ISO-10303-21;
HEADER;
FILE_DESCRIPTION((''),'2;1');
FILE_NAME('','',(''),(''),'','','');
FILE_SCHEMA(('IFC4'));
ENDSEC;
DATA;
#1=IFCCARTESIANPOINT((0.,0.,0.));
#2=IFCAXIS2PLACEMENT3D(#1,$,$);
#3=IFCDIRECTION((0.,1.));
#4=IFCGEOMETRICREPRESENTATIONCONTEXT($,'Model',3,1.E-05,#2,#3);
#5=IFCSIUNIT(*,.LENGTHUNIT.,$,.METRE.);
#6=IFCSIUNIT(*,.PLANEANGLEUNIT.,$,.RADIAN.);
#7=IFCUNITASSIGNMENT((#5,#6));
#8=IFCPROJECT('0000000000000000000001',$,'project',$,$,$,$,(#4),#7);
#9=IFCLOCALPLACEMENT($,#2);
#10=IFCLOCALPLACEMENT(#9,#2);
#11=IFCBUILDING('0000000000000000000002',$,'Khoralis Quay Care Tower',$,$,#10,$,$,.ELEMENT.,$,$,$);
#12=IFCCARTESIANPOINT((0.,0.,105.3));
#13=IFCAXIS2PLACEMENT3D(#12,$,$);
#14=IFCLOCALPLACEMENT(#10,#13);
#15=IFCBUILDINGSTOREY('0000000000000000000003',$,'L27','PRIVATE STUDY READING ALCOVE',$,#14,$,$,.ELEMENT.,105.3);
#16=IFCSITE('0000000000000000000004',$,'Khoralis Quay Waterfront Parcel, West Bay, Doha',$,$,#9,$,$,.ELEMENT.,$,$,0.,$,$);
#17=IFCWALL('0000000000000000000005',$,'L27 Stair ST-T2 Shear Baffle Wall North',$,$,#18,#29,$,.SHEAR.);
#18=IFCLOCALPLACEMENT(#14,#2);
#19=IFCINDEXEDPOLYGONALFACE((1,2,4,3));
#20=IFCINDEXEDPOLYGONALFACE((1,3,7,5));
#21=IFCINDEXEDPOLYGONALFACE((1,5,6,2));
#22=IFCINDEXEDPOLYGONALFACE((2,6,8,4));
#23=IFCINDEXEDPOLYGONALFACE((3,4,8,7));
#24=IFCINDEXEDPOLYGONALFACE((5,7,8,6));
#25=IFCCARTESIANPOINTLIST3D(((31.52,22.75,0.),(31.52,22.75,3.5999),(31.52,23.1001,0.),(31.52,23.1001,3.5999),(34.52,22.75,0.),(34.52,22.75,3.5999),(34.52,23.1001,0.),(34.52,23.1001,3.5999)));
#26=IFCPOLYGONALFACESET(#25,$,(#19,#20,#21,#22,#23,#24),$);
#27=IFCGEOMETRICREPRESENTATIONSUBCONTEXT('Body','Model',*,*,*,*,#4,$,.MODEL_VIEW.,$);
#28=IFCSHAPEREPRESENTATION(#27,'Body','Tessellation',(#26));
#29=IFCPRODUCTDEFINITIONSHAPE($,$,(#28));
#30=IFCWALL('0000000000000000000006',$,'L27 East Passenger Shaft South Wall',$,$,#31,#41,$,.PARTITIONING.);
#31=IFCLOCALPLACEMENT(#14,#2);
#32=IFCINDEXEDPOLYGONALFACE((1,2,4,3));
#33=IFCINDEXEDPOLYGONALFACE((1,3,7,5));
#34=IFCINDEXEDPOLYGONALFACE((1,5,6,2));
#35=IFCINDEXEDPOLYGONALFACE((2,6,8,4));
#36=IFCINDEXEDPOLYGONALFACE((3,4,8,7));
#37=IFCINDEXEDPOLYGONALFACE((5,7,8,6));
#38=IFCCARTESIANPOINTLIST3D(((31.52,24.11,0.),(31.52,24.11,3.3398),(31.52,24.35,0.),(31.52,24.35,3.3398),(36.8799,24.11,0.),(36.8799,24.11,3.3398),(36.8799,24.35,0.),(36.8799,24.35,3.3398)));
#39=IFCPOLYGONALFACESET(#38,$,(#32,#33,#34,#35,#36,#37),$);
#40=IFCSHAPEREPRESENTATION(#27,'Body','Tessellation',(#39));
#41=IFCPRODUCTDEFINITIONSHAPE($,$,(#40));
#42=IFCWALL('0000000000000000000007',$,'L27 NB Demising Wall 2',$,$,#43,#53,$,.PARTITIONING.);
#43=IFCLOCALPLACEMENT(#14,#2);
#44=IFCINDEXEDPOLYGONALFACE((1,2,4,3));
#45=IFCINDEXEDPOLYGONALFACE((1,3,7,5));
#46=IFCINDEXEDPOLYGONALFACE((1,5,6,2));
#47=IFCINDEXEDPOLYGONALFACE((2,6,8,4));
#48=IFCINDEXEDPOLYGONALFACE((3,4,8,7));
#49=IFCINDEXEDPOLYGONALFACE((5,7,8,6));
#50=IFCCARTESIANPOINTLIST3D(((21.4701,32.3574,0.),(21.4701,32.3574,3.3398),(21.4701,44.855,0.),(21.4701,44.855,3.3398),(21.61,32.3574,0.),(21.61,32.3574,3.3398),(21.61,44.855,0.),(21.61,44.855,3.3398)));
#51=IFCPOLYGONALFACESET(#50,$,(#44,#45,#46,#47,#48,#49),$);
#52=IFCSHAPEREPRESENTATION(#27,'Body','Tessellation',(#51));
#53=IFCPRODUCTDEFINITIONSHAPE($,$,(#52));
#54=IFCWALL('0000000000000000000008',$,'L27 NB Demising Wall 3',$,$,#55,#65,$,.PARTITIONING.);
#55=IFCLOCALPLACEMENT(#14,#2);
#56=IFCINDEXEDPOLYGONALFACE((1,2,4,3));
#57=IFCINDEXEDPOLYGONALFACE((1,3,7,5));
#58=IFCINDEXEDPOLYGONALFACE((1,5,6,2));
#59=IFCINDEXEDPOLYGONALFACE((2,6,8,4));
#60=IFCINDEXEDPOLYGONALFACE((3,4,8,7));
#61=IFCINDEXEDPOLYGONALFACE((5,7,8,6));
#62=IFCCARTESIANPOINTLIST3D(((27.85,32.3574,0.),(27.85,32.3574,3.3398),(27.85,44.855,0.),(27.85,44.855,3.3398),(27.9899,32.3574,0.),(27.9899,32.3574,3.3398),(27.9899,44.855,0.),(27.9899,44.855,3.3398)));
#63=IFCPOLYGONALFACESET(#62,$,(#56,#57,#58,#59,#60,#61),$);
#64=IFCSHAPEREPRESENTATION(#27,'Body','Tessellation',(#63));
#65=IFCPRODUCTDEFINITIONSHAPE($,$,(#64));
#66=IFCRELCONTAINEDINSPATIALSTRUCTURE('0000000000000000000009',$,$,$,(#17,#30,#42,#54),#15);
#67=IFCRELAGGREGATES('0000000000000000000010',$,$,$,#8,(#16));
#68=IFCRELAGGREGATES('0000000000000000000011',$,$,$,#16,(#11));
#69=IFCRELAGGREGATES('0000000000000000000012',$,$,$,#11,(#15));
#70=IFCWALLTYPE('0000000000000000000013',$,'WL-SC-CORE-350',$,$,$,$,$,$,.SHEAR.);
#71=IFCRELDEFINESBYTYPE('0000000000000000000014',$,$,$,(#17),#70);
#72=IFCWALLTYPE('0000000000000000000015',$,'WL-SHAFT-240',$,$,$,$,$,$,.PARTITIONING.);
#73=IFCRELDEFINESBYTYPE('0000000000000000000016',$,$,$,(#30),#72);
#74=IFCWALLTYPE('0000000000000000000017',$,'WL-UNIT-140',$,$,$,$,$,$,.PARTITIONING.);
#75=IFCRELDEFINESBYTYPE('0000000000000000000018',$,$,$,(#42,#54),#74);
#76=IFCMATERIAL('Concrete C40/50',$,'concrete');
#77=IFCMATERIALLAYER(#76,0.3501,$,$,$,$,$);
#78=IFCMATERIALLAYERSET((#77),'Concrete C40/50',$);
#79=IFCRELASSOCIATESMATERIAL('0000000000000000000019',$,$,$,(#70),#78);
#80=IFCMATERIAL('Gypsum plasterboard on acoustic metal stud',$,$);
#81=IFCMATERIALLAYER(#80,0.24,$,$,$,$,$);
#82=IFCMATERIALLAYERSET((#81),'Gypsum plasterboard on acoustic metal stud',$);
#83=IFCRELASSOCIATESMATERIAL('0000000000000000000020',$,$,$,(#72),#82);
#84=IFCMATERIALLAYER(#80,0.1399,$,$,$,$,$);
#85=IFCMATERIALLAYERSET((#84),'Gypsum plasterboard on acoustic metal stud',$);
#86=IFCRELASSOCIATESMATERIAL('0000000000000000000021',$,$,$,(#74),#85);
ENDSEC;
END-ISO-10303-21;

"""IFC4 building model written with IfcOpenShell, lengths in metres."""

from ifc_helpers import new_model, si_unit, direction, frame, frame_2d, origin, place, context, subcontext, project, spatial, rectangle, extrude, material, layer, layer_set, type_object, element, save


model = new_model("IFC4")

# Units and contexts
model_context = context("Model", 3, precision=1e-05, world=origin(), true_north=direction((0.0, 1.0)))
body_context = subcontext(model_context, "Body", "Model", "MODEL_VIEW")
ifc_project = project(units=[si_unit("LENGTHUNIT", "METRE"), si_unit("PLANEANGLEUNIT", "RADIAN")], contexts=[model_context])

# Site, building, storey
site_placement = place(None, origin())
site = spatial("IfcSite", under=ifc_project, at=site_placement, Name="Khoralis Quay Waterfront Parcel, West Bay, Doha", CompositionType="ELEMENT", RefElevation=0.0)
building_placement = place(site_placement, origin())
building = spatial("IfcBuilding", under=site, at=building_placement, Name="Khoralis Quay Care Tower", CompositionType="ELEMENT")
storey_placement = place(building_placement, frame((0.0, 0.0, 105.3)))
storey = spatial("IfcBuildingStorey", under=building, at=storey_placement, Name="L27", Description="PRIVATE STUDY READING ALCOVE", CompositionType="ELEMENT", Elevation=105.3)

# Shared definitions
ifc_material_1 = material(Name="Gypsum plasterboard on acoustic metal stud")

# Walls
ifc_material_2 = material(Name="Concrete C40/50", Category="concrete")
ifc_layer_1 = layer(ifc_material_2, 0.3501)
ifc_layer_set_1 = layer_set([ifc_layer_1], Name="Concrete C40/50")
wall_type_1 = type_object("IfcWallType", Name="WL-SC-CORE-350", PredefinedType="SHEAR", material=ifc_layer_set_1)
wall_1_placement = place(storey_placement, frame((31.52, 22.925, 0.0), z_axis=(0.0, 0.0, 1.0), x_axis=(1.0, 0.0, 0.0)))
element("IfcWall", 1, at=wall_1_placement, inside=storey, type_object=wall_type_1, Name="L27 Stair ST-T2 Shear Baffle Wall North", PredefinedType="SHEAR", context=body_context, shape_type="SweptSolid", body=[
    extrude(rectangle(XDim=3.0, YDim=0.3501, at=frame_2d((1.5, 0.0))), origin(), (0.0, 0.0, 1.0), 3.5999),
])
ifc_layer_2 = layer(ifc_material_1, 0.24)
ifc_layer_set_2 = layer_set([ifc_layer_2], Name="Gypsum plasterboard on acoustic metal stud")
wall_type_2 = type_object("IfcWallType", Name="WL-SHAFT-240", PredefinedType="PARTITIONING", material=ifc_layer_set_2)
wall_2_placement = place(storey_placement, frame((31.52, 24.23, 0.0), z_axis=(0.0, 0.0, 1.0), x_axis=(1.0, 0.0, 0.0)))
element("IfcWall", 2, at=wall_2_placement, inside=storey, type_object=wall_type_2, Name="L27 East Passenger Shaft South Wall", PredefinedType="PARTITIONING", context=body_context, shape_type="SweptSolid", body=[
    extrude(rectangle(XDim=5.3599, YDim=0.24, at=frame_2d((2.6799, 0.0))), origin(), (0.0, 0.0, 1.0), 3.3398),
])
ifc_layer_3 = layer(ifc_material_1, 0.1399)
ifc_layer_set_3 = layer_set([ifc_layer_3], Name="Gypsum plasterboard on acoustic metal stud")
wall_type_3 = type_object("IfcWallType", Name="WL-UNIT-140", PredefinedType="PARTITIONING", material=ifc_layer_set_3)
for number, where, z_axis, x_axis, name in (
    (3, (21.54, 32.3574, 0.0), (0.0, 0.0, 1.0), (0.0, 1.0, 0.0), "L27 NB Demising Wall 2"),
    (4, (27.9199, 32.3574, 0.0), (0.0, 0.0, 1.0), (0.0, 1.0, 0.0), "L27 NB Demising Wall 3"),
):
    element("IfcWall", number, at=place(storey_placement, frame(where, z_axis=z_axis, x_axis=x_axis)), inside=storey, type_object=wall_type_3, Name=name, PredefinedType="PARTITIONING", context=body_context, shape_type="SweptSolid", body=[
        extrude(rectangle(XDim=12.4976, YDim=0.1399, at=frame_2d((6.2488, 0.0))), origin(), (0.0, 0.0, 1.0), 3.3398),
    ])

save(model, "model.ifc")
